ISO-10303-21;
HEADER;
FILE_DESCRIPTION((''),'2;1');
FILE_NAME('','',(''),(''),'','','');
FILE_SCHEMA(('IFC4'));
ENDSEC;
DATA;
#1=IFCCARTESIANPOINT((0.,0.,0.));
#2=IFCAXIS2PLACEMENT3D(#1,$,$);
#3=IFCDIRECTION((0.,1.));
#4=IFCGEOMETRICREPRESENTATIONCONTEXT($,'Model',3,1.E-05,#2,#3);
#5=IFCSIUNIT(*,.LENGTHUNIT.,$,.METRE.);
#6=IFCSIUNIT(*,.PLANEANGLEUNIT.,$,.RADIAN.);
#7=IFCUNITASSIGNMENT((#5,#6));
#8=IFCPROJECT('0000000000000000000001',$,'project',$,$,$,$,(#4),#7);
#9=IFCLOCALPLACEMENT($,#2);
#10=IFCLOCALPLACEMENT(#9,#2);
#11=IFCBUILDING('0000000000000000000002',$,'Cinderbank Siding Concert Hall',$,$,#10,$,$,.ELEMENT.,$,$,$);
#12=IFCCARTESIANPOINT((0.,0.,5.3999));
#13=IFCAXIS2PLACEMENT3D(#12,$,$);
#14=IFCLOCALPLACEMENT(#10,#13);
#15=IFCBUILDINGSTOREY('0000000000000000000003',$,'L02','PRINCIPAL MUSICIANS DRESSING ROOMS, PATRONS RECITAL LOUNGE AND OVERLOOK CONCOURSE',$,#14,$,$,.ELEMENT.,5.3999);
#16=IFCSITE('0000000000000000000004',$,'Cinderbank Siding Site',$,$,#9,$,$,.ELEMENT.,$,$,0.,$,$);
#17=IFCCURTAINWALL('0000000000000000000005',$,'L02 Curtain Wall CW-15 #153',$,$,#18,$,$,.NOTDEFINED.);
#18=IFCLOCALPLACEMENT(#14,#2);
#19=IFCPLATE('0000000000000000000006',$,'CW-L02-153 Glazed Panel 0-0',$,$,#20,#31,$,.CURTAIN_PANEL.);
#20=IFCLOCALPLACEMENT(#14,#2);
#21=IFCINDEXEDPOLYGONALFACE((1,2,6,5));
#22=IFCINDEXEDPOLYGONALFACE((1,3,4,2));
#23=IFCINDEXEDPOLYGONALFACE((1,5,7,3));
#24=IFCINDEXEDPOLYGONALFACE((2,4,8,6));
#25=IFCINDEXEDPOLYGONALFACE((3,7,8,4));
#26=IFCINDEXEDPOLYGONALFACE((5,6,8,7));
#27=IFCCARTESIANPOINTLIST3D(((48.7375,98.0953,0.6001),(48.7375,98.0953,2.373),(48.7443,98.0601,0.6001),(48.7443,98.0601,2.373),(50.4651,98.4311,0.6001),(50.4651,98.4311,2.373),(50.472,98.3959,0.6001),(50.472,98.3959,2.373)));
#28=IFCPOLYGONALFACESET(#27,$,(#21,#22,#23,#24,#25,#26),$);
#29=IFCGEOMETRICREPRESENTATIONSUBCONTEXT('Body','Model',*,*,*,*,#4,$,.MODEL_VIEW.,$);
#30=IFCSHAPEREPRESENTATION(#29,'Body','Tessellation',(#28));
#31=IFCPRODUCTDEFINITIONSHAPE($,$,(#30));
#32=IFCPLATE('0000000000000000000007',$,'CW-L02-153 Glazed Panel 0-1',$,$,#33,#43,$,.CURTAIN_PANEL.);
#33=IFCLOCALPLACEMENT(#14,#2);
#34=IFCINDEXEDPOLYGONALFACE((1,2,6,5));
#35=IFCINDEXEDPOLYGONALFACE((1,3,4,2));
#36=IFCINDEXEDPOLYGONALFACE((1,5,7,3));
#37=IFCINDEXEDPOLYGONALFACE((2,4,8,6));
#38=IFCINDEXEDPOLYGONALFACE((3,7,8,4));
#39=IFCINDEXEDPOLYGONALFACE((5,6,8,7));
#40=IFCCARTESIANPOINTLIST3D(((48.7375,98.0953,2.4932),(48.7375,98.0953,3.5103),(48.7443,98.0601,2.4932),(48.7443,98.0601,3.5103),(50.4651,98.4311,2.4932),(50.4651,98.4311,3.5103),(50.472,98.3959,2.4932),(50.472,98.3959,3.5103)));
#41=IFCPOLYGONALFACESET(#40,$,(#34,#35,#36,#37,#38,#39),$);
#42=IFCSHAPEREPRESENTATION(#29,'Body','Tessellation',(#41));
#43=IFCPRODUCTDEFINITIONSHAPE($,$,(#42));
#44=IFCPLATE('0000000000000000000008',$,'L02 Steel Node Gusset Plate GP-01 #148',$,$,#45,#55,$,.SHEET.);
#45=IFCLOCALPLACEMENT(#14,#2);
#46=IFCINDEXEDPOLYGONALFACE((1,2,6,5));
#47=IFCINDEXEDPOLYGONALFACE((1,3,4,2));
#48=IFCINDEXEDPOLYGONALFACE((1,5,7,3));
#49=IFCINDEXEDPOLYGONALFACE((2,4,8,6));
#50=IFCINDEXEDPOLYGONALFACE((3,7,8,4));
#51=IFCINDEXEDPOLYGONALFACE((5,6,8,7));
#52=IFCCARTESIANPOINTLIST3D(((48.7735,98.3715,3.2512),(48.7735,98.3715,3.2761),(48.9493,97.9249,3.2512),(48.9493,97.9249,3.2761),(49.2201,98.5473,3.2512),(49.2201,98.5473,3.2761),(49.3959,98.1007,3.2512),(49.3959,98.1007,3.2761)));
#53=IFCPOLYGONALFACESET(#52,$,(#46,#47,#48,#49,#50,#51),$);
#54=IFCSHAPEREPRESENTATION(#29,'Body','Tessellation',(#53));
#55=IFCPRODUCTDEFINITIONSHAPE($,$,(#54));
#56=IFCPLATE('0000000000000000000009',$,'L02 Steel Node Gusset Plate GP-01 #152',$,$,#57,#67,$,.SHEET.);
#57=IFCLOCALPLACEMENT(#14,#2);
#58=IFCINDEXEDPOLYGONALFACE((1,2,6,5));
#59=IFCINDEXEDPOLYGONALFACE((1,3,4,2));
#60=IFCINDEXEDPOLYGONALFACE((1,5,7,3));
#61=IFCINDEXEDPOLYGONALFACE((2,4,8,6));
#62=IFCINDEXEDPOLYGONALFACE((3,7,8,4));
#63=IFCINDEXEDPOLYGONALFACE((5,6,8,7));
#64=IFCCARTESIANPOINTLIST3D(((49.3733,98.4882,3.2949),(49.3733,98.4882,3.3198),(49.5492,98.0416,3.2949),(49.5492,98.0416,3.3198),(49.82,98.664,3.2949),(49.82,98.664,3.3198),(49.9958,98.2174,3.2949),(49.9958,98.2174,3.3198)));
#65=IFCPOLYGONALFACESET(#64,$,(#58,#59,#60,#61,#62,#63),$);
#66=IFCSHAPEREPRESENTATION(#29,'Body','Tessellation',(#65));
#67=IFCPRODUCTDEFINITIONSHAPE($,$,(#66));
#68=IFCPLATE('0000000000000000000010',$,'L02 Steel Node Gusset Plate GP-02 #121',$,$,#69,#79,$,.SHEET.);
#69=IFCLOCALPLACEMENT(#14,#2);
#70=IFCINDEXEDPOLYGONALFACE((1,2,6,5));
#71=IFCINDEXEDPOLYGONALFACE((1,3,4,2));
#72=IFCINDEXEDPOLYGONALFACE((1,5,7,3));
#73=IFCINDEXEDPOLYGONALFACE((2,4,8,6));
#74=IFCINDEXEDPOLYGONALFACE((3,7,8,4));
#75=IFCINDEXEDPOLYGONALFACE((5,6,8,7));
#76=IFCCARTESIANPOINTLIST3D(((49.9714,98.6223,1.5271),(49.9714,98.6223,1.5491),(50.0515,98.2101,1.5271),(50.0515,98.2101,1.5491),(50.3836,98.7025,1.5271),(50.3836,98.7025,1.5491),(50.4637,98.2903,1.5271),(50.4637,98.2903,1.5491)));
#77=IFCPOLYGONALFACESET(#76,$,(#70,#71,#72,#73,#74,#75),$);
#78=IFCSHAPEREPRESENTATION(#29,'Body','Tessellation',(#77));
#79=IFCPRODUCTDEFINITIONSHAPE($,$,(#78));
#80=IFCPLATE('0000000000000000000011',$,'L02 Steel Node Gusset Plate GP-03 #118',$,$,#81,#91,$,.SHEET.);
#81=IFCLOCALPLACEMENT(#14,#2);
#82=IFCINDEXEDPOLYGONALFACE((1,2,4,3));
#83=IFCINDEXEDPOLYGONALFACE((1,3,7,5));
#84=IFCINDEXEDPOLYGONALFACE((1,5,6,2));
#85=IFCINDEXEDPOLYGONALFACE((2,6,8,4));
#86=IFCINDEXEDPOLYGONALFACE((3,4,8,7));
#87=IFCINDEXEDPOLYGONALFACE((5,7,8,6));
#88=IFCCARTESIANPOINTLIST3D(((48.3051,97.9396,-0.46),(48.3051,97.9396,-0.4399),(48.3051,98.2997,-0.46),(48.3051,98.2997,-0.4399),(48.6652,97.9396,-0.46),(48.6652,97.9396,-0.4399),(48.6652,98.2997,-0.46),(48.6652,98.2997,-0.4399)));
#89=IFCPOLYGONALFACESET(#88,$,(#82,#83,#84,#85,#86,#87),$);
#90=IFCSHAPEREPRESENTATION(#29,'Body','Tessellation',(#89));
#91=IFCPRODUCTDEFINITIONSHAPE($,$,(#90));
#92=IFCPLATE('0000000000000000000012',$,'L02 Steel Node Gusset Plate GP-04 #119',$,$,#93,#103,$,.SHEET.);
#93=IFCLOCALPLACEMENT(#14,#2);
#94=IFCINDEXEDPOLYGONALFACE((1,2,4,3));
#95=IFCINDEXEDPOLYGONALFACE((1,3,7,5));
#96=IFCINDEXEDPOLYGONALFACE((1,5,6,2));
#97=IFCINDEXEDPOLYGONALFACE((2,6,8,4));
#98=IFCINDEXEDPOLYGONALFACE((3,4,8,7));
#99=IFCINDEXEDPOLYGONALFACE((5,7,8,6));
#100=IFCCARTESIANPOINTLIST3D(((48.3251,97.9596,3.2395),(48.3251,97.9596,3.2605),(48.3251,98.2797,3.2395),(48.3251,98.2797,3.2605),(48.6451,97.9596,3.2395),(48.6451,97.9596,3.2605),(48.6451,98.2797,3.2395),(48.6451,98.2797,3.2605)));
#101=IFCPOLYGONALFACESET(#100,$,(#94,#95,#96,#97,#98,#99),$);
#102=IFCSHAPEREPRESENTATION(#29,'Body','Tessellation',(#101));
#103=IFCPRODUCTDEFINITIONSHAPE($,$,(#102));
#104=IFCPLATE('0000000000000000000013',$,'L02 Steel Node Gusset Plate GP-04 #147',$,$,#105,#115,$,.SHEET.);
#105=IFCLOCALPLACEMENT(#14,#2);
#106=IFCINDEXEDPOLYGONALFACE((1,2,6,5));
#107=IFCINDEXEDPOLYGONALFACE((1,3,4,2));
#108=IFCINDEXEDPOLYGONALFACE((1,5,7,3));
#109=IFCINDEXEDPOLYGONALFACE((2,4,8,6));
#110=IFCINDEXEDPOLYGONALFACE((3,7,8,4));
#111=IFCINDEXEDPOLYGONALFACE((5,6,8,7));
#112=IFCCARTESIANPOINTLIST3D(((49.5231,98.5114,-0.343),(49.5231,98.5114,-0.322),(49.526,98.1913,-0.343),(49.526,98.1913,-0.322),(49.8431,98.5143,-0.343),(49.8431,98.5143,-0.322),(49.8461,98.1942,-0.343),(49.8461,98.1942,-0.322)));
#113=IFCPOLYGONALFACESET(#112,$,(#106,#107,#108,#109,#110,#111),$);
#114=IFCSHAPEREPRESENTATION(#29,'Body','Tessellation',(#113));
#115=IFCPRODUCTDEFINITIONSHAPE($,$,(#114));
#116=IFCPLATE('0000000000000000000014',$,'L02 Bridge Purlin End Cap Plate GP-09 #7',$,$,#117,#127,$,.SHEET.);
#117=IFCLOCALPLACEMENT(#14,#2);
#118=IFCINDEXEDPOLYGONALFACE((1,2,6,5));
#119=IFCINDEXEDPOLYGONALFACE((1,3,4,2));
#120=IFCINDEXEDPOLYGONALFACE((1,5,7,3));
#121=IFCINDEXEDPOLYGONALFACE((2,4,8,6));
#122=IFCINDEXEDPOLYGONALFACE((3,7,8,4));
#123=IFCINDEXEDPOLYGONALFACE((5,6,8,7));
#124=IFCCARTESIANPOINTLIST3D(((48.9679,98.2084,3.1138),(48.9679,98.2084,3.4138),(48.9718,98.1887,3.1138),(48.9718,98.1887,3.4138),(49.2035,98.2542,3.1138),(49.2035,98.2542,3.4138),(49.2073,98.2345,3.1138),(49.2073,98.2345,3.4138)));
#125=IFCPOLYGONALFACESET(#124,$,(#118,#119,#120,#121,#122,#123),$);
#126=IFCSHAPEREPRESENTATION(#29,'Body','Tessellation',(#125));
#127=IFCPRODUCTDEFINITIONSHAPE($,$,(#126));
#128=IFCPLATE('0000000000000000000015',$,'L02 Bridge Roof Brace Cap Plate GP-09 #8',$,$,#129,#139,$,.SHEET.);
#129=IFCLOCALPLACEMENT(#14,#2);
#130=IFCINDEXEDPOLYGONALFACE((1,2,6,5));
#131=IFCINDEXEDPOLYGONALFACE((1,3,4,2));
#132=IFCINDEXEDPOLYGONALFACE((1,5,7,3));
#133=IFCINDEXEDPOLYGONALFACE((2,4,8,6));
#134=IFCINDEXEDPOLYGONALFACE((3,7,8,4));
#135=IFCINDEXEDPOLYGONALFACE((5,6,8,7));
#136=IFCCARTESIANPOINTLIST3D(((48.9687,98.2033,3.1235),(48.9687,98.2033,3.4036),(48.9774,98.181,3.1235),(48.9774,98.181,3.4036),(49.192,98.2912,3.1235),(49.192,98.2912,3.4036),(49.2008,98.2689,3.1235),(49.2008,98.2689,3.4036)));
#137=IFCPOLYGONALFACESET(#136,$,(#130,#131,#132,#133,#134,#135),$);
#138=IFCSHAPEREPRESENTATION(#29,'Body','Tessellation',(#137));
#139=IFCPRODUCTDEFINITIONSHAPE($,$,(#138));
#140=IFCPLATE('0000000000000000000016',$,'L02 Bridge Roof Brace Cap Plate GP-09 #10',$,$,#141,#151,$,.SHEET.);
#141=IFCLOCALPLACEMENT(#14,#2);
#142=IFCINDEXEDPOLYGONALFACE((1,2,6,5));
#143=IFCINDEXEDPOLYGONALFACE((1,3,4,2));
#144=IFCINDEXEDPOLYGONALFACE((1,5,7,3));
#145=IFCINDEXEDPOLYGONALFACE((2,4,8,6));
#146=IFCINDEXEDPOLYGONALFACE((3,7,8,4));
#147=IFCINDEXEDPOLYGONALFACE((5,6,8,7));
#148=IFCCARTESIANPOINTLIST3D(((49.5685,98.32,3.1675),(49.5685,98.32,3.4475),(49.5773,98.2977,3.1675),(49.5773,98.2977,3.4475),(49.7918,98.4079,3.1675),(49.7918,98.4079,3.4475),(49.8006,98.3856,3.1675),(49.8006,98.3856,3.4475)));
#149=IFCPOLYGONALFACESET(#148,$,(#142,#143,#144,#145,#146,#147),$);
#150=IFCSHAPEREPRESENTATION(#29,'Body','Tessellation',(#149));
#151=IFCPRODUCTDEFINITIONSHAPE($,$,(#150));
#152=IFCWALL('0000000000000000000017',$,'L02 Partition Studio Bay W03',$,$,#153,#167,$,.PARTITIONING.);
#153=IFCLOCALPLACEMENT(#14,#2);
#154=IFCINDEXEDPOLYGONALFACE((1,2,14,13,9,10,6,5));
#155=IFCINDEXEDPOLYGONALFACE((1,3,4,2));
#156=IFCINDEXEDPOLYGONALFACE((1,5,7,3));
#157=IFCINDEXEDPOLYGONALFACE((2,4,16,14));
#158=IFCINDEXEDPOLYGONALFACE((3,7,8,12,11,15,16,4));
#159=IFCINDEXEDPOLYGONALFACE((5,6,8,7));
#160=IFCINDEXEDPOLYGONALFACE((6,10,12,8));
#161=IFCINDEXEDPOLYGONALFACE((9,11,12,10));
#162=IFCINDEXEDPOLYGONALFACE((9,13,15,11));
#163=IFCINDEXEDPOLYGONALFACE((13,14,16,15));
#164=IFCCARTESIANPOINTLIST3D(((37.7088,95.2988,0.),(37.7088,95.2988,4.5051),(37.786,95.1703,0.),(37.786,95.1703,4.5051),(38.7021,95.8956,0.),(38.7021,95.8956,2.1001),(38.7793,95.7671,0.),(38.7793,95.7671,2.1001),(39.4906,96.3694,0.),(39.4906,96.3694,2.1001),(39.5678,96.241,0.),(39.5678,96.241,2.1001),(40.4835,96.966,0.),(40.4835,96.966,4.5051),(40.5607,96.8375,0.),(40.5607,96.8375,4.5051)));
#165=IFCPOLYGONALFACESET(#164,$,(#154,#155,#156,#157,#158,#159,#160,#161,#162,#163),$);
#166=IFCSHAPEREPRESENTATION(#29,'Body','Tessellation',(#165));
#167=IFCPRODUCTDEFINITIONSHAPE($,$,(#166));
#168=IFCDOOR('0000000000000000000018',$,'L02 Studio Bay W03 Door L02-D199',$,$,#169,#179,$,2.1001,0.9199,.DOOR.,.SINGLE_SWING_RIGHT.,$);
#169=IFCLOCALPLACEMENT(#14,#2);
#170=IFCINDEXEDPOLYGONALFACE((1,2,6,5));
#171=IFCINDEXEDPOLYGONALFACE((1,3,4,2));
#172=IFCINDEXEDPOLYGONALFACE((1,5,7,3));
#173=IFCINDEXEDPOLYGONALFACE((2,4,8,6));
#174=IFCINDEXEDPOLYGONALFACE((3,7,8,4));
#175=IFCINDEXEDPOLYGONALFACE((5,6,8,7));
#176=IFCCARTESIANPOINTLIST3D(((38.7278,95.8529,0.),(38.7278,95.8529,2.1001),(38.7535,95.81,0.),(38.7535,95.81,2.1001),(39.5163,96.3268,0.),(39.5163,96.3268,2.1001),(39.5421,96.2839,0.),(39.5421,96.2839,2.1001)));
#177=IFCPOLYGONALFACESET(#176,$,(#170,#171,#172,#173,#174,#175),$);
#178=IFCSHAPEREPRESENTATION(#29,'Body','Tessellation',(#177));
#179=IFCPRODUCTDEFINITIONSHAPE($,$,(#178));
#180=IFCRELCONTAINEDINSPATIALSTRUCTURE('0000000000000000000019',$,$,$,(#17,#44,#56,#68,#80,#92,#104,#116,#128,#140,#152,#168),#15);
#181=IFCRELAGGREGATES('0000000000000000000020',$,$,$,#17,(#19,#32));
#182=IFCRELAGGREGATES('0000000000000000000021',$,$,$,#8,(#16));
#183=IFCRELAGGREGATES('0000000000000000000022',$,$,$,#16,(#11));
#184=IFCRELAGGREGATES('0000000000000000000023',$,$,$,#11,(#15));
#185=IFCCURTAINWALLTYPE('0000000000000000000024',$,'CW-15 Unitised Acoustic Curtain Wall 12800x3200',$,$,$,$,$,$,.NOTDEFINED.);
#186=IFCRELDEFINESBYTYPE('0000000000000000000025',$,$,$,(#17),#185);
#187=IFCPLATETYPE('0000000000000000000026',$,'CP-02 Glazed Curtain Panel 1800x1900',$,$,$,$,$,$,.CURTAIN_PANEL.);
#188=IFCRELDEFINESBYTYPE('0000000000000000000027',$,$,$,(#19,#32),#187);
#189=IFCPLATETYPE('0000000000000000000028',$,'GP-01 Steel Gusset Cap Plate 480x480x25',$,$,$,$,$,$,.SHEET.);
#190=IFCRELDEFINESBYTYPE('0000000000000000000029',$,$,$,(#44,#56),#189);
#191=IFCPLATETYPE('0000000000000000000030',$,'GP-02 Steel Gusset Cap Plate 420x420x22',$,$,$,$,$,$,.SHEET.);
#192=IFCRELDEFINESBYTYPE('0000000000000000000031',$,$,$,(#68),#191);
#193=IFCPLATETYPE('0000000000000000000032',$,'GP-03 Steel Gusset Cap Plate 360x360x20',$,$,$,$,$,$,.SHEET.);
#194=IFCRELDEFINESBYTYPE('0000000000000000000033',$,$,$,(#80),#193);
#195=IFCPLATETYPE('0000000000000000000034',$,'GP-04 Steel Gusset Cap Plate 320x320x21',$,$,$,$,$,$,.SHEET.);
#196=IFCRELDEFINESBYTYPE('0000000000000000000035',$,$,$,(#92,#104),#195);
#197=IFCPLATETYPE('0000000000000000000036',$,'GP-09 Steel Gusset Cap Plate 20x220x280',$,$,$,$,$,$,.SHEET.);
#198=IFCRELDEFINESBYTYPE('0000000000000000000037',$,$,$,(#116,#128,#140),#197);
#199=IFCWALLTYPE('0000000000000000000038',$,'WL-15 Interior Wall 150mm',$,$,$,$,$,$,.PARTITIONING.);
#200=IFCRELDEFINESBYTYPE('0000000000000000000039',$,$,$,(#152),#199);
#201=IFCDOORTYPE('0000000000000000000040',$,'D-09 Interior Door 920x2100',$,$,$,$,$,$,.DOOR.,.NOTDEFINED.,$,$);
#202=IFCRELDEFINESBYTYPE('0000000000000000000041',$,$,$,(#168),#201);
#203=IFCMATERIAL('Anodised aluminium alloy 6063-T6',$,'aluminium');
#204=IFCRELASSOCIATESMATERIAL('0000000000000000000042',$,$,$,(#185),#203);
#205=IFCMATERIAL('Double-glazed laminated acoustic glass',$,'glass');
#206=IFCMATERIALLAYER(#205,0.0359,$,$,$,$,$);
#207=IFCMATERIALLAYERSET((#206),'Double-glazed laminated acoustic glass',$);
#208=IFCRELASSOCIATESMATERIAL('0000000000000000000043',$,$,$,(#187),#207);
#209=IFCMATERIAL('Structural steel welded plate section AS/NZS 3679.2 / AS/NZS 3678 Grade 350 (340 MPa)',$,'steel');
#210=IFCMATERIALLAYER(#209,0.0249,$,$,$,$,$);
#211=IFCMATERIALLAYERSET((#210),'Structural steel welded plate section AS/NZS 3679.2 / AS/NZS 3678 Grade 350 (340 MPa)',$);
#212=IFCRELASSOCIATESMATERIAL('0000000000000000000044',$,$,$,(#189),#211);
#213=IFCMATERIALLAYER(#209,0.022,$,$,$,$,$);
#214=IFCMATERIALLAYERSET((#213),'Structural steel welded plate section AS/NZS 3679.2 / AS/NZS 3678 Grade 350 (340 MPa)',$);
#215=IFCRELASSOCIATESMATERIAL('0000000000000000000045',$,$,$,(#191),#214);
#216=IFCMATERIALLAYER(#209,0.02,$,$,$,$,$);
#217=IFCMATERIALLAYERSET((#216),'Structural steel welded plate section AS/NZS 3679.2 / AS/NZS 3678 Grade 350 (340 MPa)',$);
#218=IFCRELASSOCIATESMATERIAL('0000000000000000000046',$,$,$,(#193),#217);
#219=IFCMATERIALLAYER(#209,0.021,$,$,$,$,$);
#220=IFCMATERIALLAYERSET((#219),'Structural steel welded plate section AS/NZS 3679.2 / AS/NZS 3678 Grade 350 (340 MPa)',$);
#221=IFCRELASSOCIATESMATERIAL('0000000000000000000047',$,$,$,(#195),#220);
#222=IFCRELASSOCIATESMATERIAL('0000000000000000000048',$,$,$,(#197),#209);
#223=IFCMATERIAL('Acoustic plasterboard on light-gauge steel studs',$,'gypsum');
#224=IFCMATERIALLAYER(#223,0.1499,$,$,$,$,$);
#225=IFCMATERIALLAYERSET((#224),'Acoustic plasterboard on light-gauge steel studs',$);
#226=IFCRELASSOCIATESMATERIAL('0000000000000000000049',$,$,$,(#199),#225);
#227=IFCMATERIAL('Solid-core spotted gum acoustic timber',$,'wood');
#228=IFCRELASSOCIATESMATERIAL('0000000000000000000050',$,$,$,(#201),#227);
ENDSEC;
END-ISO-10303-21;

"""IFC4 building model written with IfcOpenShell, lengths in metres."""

from ifc_helpers import new_model, si_unit, direction, frame, frame_2d, origin, origin_2d, place, context, subcontext, project, spatial, rectangle, extrude, material, layer, layer_set, type_object, element, fill, aggregate, save


model = new_model("IFC4")

# Units and contexts
model_context = context("Model", 3, precision=1e-05, world=origin(), true_north=direction((0.0, 1.0)))
body_context = subcontext(model_context, "Body", "Model", "MODEL_VIEW")
ifc_project = project(units=[si_unit("LENGTHUNIT", "METRE"), si_unit("PLANEANGLEUNIT", "RADIAN")], contexts=[model_context])

# Site, building, storey
site_placement = place(None, origin())
site = spatial("IfcSite", under=ifc_project, at=site_placement, Name="Cinderbank Siding Site", CompositionType="ELEMENT", RefElevation=0.0)
building_placement = place(site_placement, origin())
building = spatial("IfcBuilding", under=site, at=building_placement, Name="Cinderbank Siding Concert Hall", CompositionType="ELEMENT")
storey_placement = place(building_placement, frame((0.0, 0.0, 5.3999)))
storey = spatial("IfcBuildingStorey", under=building, at=storey_placement, Name="L02", Description="PRINCIPAL MUSICIANS DRESSING ROOMS, PATRONS RECITAL LOUNGE AND OVERLOOK CONCOURSE", CompositionType="ELEMENT", Elevation=5.3999)

# Shared definitions
ifc_material_1 = material(Name="Structural steel welded plate section AS/NZS 3679.2 / AS/NZS 3678 Grade 350 (340 MPa)", Category="steel")

# Curtain wall, plates
ifc_material_2 = material(Name="Anodised aluminium alloy 6063-T6", Category="aluminium")
curtain_wall_type = type_object("IfcCurtainWallType", Name="CW-15 Unitised Acoustic Curtain Wall 12800x3200", PredefinedType="NOTDEFINED", material=ifc_material_2)
curtain_wall_placement = place(storey_placement, origin())
curtain_wall = element("IfcCurtainWall", 1, at=curtain_wall_placement, inside=storey, type_object=curtain_wall_type, Name="L02 Curtain Wall CW-15 #153", PredefinedType="NOTDEFINED")
ifc_material_3 = material(Name="Double-glazed laminated acoustic glass", Category="glass")
ifc_layer_1 = layer(ifc_material_3, 0.0359)
ifc_layer_set_1 = layer_set([ifc_layer_1], Name="Double-glazed laminated acoustic glass")
plate_type_1 = type_object("IfcPlateType", Name="CP-02 Glazed Curtain Panel 1800x1900", PredefinedType="CURTAIN_PANEL", material=ifc_layer_set_1)
plate_1_placement = place(storey_placement, frame((49.6047, 98.2456, 0.6001), z_axis=(0.0, 0.0, 1.0), x_axis=(0.981627, 0.190811, 0.0)))
plate_1 = element("IfcPlate", 2, at=plate_1_placement, type_object=plate_type_1, Name="CW-L02-153 Glazed Panel 0-0", PredefinedType="CURTAIN_PANEL", context=body_context, shape_type="SweptSolid", body=[
    extrude(rectangle(XDim=1.76, YDim=0.0359, at=origin_2d()), origin(), (0.0, 0.0, 1.0), 1.7729),
])
plate_2_placement = place(storey_placement, frame((49.6047, 98.2456, 2.4932), z_axis=(0.0, 0.0, 1.0), x_axis=(0.981627, 0.190811, 0.0)))
plate_2 = element("IfcPlate", 3, at=plate_2_placement, type_object=plate_type_1, Name="CW-L02-153 Glazed Panel 0-1", PredefinedType="CURTAIN_PANEL", context=body_context, shape_type="SweptSolid", body=[
    extrude(rectangle(XDim=1.76, YDim=0.0359, at=origin_2d()), origin(), (0.0, 0.0, 1.0), 1.0171),
])
aggregate(curtain_wall, [plate_1, plate_2])

# Plates
ifc_layer_2 = layer(ifc_material_1, 0.0249)
ifc_layer_set_2 = layer_set([ifc_layer_2], Name="Structural steel welded plate section AS/NZS 3679.2 / AS/NZS 3678 Grade 350 (340 MPa)")
plate_type_2 = type_object("IfcPlateType", Name="GP-01 Steel Gusset Cap Plate 480x480x25", PredefinedType="SHEET", material=ifc_layer_set_2)
for number, where, z_axis, x_axis, name in (
    (4, (49.0847, 98.2361, 3.2512), (0.0, 0.0, 1.0), (0.366339, -0.930482, 0.0), "L02 Steel Node Gusset Plate GP-01 #148"),
    (5, (49.6846, 98.3528, 3.2949), (0.0, 0.0, 1.0), (0.366339, -0.930482, 0.0), "L02 Steel Node Gusset Plate GP-01 #152"),
):
    element("IfcPlate", number, at=place(storey_placement, frame(where, z_axis=z_axis, x_axis=x_axis)), inside=storey, type_object=plate_type_2, Name=name, PredefinedType="SHEET", context=body_context, shape_type="SweptSolid", body=[
        extrude(rectangle(XDim=0.48, YDim=0.48, at=origin_2d()), origin(), (0.0, 0.0, 1.0), 0.0249),
    ])
ifc_layer_3 = layer(ifc_material_1, 0.022)
ifc_layer_set_3 = layer_set([ifc_layer_3], Name="Structural steel welded plate section AS/NZS 3679.2 / AS/NZS 3678 Grade 350 (340 MPa)")
plate_type_3 = type_object("IfcPlateType", Name="GP-02 Steel Gusset Cap Plate 420x420x22", PredefinedType="SHEET", material=ifc_layer_set_3)
plate_3_placement = place(storey_placement, frame((50.2175, 98.4563, 1.5271), z_axis=(0.0, 0.0, 1.0), x_axis=(0.981627, 0.190809, 0.0)))
element("IfcPlate", 6, at=plate_3_placement, inside=storey, type_object=plate_type_3, Name="L02 Steel Node Gusset Plate GP-02 #121", PredefinedType="SHEET", context=body_context, shape_type="SweptSolid", body=[
    extrude(rectangle(XDim=0.4199, YDim=0.4199, at=origin_2d()), origin(), (0.0, 0.0, 1.0), 0.022),
])
ifc_layer_4 = layer(ifc_material_1, 0.02)
ifc_layer_set_4 = layer_set([ifc_layer_4], Name="Structural steel welded plate section AS/NZS 3679.2 / AS/NZS 3678 Grade 350 (340 MPa)")
plate_type_4 = type_object("IfcPlateType", Name="GP-03 Steel Gusset Cap Plate 360x360x20", PredefinedType="SHEET", material=ifc_layer_set_4)
plate_4_placement = place(storey_placement, frame((48.4851, 98.1196, -0.46), z_axis=(0.0, 0.0, 1.0), x_axis=(1.0, 0.0, 0.0)))
element("IfcPlate", 7, at=plate_4_placement, inside=storey, type_object=plate_type_4, Name="L02 Steel Node Gusset Plate GP-03 #118", PredefinedType="SHEET", context=body_context, shape_type="SweptSolid", body=[
    extrude(rectangle(XDim=0.3601, YDim=0.3601, at=origin_2d()), origin(), (0.0, 0.0, 1.0), 0.02),
])
ifc_layer_5 = layer(ifc_material_1, 0.021)
ifc_layer_set_5 = layer_set([ifc_layer_5], Name="Structural steel welded plate section AS/NZS 3679.2 / AS/NZS 3678 Grade 350 (340 MPa)")
plate_type_5 = type_object("IfcPlateType", Name="GP-04 Steel Gusset Cap Plate 320x320x21", PredefinedType="SHEET", material=ifc_layer_set_5)
for number, where, z_axis, x_axis, name in (
    (8, (48.4851, 98.1196, 3.2395), (0.0, 0.0, 1.0), (1.0, 0.0, 0.0), "L02 Steel Node Gusset Plate GP-04 #119"),
    (9, (49.6846, 98.3528, -0.343), (0.0, 0.0, 1.0), (-0.009076, 0.999959, 0.0), "L02 Steel Node Gusset Plate GP-04 #147"),
):
    element("IfcPlate", number, at=place(storey_placement, frame(where, z_axis=z_axis, x_axis=x_axis)), inside=storey, type_object=plate_type_5, Name=name, PredefinedType="SHEET", context=body_context, shape_type="SweptSolid", body=[
        extrude(rectangle(XDim=0.3201, YDim=0.3201, at=origin_2d()), origin(), (0.0, 0.0, 1.0), 0.021),
    ])
plate_type_6 = type_object("IfcPlateType", Name="GP-09 Steel Gusset Cap Plate 20x220x280", PredefinedType="SHEET", material=ifc_material_1)
plate_5_placement = place(storey_placement, frame((49.0876, 98.2214, 3.1138), z_axis=(0.0, 0.0, 1.0), x_axis=(-0.190809, 0.981627, 0.0)))
element("IfcPlate", 10, at=plate_5_placement, inside=storey, type_object=plate_type_6, Name="L02 Bridge Purlin End Cap Plate GP-09 #7", PredefinedType="SHEET", context=body_context, shape_type="SweptSolid", body=[
    extrude(rectangle(XDim=0.02, YDim=0.24, at=origin_2d()), origin(), (0.0, 0.0, 1.0), 0.3),
])
for number, where, z_axis, x_axis, name in (
    (11, (49.0847, 98.2361, 3.1235), (0.0, 0.0, 1.0), (0.366339, -0.930482, 0.0), "L02 Bridge Roof Brace Cap Plate GP-09 #8"),
    (12, (49.6846, 98.3528, 3.1675), (0.0, 0.0, 1.0), (0.366339, -0.930482, 0.0), "L02 Bridge Roof Brace Cap Plate GP-09 #10"),
):
    element("IfcPlate", number, at=place(storey_placement, frame(where, z_axis=z_axis, x_axis=x_axis)), inside=storey, type_object=plate_type_6, Name=name, PredefinedType="SHEET", context=body_context, shape_type="SweptSolid", body=[
        extrude(rectangle(XDim=0.0239, YDim=0.24, at=origin_2d()), origin(), (0.0, 0.0, 1.0), 0.28),
    ])

# Wall, opening, door
ifc_material_4 = material(Name="Acoustic plasterboard on light-gauge steel studs", Category="gypsum")
ifc_layer_6 = layer(ifc_material_4, 0.1499)
ifc_layer_set_6 = layer_set([ifc_layer_6], Name="Acoustic plasterboard on light-gauge steel studs")
wall_type = type_object("IfcWallType", Name="WL-15 Interior Wall 150mm", PredefinedType="PARTITIONING", material=ifc_layer_set_6)
wall_placement = place(storey_placement, frame((40.5222, 96.9019, 0.0), z_axis=(0.0, 0.0, 1.0), x_axis=(-0.85716, -0.51505, 0.0)))
wall = element("IfcWall", 13, at=wall_placement, inside=storey, type_object=wall_type, Name="L02 Partition Studio Bay W03", PredefinedType="PARTITIONING", context=body_context, shape_type="SweptSolid", body=[
    extrude(rectangle(XDim=3.2371, YDim=0.1499, at=frame_2d((1.6187, 0.0))), origin(), (0.0, 0.0, 1.0), 4.5051),
])
opening_placement = place(wall_placement, frame((1.1584, 0.0, 0.0)))
opening = element("IfcOpeningElement", 14, at=opening_placement, cuts=wall, PredefinedType="OPENING", context=body_context, shape_type="SweptSolid", body=[
    extrude(rectangle(XDim=0.9199, YDim=2.1001, at=frame_2d((0.46, 1.05))), frame((0.0, 0.0869, 0.0), z_axis=(0.0, -1.0, 0.0), x_axis=(1.0, 0.0, 0.0)), (0.0, 0.0, 1.0), 0.1738),
])
ifc_material_5 = material(Name="Solid-core spotted gum acoustic timber", Category="wood")
door_type = type_object("IfcDoorType", Name="D-09 Interior Door 920x2100", OperationType="NOTDEFINED", PredefinedType="DOOR", material=ifc_material_5)
door_placement = place(opening_placement, origin())
door = element("IfcDoor", 15, at=door_placement, inside=storey, type_object=door_type, Name="L02 Studio Bay W03 Door L02-D199", OperationType="SINGLE_SWING_RIGHT", OverallHeight=2.1001, OverallWidth=0.9199, PredefinedType="DOOR", context=body_context, shape_type="SweptSolid", body=[
    extrude(rectangle(XDim=0.9199, YDim=2.1001, at=frame_2d((0.46, 1.05))), frame((0.0, 0.0249, 0.0), z_axis=(0.0, -1.0, 0.0), x_axis=(1.0, 0.0, 0.0)), (0.0, 0.0, 1.0), 0.05),
])
fill(opening, door)

save(model, "model.ifc")
